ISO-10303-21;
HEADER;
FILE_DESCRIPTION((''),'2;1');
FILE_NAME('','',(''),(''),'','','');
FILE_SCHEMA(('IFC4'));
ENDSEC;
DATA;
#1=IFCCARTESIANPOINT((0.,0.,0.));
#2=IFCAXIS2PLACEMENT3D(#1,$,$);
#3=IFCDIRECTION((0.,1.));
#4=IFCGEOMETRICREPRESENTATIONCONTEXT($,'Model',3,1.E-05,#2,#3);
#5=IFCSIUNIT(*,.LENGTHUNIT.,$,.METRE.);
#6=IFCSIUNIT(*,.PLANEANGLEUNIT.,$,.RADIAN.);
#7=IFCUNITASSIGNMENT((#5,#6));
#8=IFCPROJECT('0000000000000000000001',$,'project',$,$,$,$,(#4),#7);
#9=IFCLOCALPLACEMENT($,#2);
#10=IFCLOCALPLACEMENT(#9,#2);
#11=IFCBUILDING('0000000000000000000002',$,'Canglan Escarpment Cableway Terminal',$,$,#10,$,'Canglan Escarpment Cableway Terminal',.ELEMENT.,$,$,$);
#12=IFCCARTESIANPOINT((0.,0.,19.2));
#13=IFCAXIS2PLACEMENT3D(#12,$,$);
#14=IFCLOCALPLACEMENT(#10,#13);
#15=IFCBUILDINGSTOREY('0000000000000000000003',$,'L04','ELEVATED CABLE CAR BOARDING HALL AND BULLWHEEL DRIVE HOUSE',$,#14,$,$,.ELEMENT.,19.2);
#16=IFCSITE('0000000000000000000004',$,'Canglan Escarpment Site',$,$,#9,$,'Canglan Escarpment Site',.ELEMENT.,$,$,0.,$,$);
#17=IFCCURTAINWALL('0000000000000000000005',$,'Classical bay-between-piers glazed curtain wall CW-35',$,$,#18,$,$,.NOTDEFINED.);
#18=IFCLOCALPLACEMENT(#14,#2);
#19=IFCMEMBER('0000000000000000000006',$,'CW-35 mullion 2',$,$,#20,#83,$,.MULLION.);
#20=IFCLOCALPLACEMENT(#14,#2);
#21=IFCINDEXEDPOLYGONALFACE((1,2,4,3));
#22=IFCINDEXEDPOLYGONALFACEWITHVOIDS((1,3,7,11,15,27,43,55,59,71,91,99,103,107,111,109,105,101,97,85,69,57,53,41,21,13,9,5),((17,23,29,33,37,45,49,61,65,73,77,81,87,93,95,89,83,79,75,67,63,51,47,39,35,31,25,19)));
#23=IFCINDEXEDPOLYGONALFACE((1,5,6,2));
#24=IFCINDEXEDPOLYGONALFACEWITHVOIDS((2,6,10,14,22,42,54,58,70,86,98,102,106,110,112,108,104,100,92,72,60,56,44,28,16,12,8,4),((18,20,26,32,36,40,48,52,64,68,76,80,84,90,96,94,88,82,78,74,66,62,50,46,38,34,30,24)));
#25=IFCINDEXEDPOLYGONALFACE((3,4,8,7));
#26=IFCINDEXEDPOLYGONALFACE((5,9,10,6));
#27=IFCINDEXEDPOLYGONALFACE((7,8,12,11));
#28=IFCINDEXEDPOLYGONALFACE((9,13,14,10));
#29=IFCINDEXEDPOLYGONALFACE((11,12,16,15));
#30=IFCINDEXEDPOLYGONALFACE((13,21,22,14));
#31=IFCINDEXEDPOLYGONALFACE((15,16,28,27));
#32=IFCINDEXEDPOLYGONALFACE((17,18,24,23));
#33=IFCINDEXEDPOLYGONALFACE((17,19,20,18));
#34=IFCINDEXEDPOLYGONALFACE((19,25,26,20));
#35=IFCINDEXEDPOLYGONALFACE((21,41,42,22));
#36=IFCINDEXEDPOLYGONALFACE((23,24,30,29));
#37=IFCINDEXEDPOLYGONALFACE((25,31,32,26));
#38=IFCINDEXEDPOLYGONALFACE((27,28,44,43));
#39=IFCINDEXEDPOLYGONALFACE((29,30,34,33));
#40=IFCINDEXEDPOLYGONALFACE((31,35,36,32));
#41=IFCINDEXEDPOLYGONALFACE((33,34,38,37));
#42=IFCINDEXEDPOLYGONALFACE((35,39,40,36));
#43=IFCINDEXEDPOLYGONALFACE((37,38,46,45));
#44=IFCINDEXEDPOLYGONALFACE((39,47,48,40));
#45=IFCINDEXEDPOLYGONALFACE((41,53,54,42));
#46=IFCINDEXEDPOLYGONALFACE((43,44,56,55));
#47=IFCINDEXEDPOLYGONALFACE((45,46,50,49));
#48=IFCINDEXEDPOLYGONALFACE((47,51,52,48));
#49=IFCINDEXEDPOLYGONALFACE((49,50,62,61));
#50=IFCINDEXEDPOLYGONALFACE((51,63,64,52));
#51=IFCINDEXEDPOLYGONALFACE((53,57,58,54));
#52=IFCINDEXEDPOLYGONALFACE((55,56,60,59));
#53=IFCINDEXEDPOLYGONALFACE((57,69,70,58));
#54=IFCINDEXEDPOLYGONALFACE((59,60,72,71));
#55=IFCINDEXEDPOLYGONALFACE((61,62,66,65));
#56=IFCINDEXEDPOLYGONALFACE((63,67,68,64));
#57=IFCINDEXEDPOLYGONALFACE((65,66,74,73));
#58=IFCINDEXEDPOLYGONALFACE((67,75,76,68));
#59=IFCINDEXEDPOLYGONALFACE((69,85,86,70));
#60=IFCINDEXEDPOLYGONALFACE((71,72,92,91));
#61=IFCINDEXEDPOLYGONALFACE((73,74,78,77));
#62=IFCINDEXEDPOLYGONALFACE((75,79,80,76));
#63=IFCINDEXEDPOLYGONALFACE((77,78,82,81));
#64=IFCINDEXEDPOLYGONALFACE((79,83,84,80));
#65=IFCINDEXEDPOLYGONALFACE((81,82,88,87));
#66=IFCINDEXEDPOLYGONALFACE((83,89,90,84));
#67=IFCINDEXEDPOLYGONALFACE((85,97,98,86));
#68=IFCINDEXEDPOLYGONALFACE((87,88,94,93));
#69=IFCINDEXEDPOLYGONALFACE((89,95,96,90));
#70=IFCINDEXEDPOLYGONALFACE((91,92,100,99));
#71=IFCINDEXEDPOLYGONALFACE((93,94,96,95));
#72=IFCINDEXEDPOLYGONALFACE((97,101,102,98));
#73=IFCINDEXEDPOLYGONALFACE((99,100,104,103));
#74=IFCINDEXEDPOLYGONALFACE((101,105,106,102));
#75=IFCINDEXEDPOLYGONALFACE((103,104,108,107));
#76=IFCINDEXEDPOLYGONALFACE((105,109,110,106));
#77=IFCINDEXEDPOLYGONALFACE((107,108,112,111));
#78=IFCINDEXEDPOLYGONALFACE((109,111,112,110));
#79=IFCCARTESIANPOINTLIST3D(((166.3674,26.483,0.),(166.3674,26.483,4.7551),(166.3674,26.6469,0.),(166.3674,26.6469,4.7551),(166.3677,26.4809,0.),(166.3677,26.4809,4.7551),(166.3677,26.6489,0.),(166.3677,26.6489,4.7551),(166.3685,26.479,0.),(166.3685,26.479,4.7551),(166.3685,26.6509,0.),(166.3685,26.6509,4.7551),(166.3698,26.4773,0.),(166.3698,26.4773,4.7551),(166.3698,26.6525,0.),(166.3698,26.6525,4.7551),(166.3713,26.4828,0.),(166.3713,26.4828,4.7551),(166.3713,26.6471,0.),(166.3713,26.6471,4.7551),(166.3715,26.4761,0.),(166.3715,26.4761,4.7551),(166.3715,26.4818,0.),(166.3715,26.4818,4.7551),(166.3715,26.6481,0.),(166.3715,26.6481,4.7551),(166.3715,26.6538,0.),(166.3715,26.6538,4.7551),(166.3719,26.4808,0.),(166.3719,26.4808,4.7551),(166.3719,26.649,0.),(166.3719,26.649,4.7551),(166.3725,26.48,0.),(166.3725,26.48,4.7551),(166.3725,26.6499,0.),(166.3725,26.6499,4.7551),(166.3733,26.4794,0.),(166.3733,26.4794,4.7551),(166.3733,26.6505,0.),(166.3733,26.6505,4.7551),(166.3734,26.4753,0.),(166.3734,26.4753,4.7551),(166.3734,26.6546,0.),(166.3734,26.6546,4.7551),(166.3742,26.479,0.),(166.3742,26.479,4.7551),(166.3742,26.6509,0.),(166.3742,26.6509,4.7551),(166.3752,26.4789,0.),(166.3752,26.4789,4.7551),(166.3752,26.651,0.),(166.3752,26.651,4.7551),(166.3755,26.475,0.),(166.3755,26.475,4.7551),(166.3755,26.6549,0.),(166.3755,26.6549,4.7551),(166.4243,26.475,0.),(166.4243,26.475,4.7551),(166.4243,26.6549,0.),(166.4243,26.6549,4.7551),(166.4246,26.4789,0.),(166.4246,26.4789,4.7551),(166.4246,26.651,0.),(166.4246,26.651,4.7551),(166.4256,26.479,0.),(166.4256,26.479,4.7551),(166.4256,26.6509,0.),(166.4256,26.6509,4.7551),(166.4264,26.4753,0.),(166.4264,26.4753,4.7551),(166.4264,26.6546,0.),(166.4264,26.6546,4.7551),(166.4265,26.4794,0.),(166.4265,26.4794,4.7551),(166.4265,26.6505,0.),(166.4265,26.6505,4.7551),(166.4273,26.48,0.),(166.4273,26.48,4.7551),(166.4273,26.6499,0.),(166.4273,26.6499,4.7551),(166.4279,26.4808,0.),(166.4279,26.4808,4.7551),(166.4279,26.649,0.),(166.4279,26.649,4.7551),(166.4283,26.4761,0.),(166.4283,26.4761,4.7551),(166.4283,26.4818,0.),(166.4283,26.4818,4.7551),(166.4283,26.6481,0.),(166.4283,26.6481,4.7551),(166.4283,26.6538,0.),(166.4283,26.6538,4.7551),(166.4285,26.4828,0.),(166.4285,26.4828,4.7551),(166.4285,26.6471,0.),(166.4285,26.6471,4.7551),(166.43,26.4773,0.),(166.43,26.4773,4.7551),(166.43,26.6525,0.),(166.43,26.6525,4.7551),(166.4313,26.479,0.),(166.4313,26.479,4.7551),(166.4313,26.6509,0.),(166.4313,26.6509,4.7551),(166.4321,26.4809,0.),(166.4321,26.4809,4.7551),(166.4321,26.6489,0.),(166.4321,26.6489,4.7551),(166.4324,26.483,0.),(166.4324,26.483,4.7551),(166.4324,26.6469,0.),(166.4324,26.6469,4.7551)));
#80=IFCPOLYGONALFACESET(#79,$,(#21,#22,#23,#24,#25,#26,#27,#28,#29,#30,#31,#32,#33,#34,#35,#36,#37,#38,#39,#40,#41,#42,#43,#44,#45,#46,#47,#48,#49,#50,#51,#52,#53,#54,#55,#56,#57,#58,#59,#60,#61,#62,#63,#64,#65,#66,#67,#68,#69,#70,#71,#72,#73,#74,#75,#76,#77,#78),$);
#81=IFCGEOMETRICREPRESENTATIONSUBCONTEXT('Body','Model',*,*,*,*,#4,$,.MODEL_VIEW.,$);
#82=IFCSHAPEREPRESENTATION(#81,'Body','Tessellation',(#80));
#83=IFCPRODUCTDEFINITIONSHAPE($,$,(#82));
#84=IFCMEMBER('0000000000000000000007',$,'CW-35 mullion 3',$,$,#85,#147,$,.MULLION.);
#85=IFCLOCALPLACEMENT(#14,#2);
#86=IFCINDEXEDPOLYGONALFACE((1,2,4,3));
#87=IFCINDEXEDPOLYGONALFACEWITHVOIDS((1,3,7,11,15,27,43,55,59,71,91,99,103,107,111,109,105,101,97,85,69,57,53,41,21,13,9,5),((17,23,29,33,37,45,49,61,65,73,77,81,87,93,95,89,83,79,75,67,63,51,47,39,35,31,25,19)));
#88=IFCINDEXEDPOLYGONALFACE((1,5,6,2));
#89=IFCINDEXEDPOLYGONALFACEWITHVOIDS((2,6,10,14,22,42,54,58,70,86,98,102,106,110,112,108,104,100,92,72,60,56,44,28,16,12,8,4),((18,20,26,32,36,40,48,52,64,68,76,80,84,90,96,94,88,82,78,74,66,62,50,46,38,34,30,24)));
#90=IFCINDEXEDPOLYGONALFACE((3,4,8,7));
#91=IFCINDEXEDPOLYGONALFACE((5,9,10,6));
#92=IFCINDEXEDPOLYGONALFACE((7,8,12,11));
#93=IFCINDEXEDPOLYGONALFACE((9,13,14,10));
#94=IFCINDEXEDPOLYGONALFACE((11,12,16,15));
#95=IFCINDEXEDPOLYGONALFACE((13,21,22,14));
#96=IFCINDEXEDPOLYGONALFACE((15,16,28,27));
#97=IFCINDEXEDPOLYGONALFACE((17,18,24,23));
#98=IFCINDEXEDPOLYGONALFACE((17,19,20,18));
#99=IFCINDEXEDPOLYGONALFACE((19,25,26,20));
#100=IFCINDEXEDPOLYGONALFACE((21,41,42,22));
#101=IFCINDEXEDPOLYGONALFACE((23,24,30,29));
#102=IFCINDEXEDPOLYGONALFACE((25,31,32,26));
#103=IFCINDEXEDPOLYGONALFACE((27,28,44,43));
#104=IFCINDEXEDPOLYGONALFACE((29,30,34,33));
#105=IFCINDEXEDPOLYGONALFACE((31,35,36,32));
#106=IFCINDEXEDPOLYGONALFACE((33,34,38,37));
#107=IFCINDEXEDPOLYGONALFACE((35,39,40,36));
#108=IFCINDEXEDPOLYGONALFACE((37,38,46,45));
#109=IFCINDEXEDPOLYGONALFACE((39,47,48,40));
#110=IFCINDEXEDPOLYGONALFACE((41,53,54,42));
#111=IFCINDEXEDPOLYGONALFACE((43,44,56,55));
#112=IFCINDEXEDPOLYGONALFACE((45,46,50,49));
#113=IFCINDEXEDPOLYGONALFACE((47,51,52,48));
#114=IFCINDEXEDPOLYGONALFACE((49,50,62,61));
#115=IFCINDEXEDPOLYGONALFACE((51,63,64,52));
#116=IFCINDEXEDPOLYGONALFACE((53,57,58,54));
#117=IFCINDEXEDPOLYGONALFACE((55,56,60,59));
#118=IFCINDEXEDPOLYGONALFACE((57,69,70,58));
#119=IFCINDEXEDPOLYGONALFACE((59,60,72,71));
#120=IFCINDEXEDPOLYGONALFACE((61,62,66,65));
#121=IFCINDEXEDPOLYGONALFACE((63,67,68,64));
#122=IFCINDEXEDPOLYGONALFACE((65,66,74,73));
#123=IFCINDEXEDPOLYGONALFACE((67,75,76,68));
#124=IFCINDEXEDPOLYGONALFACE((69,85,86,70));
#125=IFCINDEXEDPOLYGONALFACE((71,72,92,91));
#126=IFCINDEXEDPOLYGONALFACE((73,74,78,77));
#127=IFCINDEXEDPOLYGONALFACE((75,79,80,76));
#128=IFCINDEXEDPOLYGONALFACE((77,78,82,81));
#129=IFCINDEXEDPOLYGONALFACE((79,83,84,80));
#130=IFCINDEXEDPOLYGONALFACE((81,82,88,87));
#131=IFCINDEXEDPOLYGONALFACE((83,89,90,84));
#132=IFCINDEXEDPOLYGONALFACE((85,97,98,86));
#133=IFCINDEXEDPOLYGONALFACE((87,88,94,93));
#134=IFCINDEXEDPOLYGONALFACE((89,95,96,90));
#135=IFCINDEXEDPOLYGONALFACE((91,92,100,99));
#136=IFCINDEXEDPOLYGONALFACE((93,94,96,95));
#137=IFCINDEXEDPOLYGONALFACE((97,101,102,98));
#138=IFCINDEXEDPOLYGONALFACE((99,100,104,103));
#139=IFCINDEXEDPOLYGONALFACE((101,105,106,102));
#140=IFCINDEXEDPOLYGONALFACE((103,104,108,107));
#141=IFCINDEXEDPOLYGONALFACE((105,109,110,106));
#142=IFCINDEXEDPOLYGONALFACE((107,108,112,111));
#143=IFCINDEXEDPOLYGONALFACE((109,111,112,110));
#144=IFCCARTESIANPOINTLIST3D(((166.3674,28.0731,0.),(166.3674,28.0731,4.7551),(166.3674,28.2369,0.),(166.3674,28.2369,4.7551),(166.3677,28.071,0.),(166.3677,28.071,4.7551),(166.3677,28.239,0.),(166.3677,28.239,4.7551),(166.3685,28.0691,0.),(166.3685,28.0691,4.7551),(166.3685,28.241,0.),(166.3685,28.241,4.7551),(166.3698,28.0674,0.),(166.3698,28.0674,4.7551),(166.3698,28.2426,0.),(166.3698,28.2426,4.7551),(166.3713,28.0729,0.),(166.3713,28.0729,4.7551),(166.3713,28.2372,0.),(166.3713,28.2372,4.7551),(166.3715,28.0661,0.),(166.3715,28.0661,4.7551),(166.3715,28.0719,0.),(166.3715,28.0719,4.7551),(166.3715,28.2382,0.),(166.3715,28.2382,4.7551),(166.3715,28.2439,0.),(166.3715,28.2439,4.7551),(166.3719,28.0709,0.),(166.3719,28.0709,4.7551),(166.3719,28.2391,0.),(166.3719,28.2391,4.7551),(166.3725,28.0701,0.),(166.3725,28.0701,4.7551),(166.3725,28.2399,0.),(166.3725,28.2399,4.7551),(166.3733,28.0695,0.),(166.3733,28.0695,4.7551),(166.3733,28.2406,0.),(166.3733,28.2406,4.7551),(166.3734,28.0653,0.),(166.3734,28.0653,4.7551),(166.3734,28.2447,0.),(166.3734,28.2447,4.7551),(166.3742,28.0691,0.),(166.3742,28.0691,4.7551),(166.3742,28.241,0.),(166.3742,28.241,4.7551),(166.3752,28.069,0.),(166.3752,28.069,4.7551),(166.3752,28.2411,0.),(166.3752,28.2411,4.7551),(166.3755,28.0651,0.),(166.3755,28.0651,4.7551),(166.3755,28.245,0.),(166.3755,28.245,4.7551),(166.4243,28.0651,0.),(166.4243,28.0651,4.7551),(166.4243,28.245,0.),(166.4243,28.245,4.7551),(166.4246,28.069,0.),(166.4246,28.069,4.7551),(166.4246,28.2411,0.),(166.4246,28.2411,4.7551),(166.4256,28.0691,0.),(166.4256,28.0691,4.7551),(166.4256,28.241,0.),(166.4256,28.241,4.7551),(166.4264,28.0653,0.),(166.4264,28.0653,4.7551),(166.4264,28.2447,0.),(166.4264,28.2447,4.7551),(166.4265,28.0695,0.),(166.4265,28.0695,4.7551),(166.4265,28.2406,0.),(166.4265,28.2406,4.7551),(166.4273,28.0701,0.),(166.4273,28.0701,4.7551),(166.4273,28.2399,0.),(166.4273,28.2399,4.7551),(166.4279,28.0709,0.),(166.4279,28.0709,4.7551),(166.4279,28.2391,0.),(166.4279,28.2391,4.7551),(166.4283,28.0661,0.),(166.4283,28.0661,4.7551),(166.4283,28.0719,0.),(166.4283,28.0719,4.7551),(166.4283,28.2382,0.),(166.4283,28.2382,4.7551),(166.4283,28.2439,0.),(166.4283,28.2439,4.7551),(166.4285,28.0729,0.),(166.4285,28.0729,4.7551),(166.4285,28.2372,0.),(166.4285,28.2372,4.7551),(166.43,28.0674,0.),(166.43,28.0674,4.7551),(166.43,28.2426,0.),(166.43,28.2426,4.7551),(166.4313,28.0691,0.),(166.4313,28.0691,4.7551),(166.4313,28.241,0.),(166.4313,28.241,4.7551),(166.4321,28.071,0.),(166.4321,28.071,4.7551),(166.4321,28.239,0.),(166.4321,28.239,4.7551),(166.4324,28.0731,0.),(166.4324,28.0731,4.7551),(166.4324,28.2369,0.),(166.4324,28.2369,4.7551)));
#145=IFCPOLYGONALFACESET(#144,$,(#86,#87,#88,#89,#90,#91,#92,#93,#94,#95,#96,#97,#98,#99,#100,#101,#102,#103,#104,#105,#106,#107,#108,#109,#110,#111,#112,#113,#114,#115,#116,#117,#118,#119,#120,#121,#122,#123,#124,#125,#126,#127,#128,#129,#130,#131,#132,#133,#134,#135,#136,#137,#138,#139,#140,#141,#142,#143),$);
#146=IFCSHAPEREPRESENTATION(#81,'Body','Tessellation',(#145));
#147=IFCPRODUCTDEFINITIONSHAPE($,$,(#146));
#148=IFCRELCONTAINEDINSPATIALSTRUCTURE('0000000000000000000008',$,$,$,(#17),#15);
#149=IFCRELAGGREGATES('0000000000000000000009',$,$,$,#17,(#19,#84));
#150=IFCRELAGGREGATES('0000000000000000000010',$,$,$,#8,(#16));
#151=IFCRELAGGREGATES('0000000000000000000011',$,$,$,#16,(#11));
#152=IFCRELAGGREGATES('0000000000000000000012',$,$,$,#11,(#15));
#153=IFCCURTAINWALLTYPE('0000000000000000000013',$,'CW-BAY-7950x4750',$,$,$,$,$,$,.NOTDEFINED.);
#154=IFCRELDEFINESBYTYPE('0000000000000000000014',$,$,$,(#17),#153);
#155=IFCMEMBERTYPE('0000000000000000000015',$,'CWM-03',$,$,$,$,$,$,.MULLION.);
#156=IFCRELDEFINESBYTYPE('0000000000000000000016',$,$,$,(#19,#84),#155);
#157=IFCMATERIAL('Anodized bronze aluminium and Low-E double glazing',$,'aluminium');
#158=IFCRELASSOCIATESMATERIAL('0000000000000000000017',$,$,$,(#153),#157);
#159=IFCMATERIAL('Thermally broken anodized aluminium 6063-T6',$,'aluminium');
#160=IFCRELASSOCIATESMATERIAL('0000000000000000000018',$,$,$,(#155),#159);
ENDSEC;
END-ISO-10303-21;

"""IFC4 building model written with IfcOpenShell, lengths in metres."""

from ifc_helpers import new_model, si_unit, direction, frame, origin, origin_2d, place, context, subcontext, project, spatial, hollow_rectangle, extrude, material, material_profile, profile_set, type_object, element, aggregate, save


model = new_model("IFC4")

# Units and contexts
model_context = context("Model", 3, precision=1e-05, world=origin(), true_north=direction((0.0, 1.0)))
body_context = subcontext(model_context, "Body", "Model", "MODEL_VIEW")
ifc_project = project(units=[si_unit("LENGTHUNIT", "METRE"), si_unit("PLANEANGLEUNIT", "RADIAN")], contexts=[model_context])

# Site, building, storey
site_placement = place(None, origin())
site = spatial("IfcSite", under=ifc_project, at=site_placement, Name="Canglan Escarpment Site", LongName="Canglan Escarpment Site", CompositionType="ELEMENT", RefElevation=0.0)
building_placement = place(site_placement, origin())
building = spatial("IfcBuilding", under=site, at=building_placement, Name="Canglan Escarpment Cableway Terminal", LongName="Canglan Escarpment Cableway Terminal", CompositionType="ELEMENT")
storey_placement = place(building_placement, frame((0.0, 0.0, 19.2)))
storey = spatial("IfcBuildingStorey", under=building, at=storey_placement, Name="L04", Description="ELEVATED CABLE CAR BOARDING HALL AND BULLWHEEL DRIVE HOUSE", CompositionType="ELEMENT", Elevation=19.2)

# Curtain wall, members
ifc_material_1 = material(Name="Anodized bronze aluminium and Low-E double glazing", Category="aluminium")
curtain_wall_type = type_object("IfcCurtainWallType", Name="CW-BAY-7950x4750", PredefinedType="NOTDEFINED", material=ifc_material_1)
curtain_wall_placement = place(storey_placement, origin())
curtain_wall = element("IfcCurtainWall", 1, at=curtain_wall_placement, inside=storey, type_object=curtain_wall_type, Name="Classical bay-between-piers glazed curtain wall CW-35", PredefinedType="NOTDEFINED")
ifc_material_2 = material(Name="Thermally broken anodized aluminium 6063-T6", Category="aluminium")
ifc_material_profile_1 = material_profile(ifc_material_2, hollow_rectangle(XDim=0.0649, YDim=0.1799, WallThickness=0.0039, InnerFilletRadius=0.0039, OuterFilletRadius=0.0081, at=origin_2d()), Name="ALU-MULL 65x180x4")
ifc_profile_set_1 = profile_set([ifc_material_profile_1], Name="Thermally broken anodized aluminium 6063-T6")
member_type_1 = type_object("IfcMemberType", Name="CWM-03", PredefinedType="MULLION", material=ifc_profile_set_1)
member_1_placement = place(storey_placement, frame((166.3999, 26.5649, 0.0), z_axis=(0.0, 0.0, 1.0), x_axis=(-1.0, 0.0, 0.0)))
member_1 = element("IfcMember", 2, at=member_1_placement, type_object=member_type_1, Name="CW-35 mullion 2", PredefinedType="MULLION", context=body_context, shape_type="SweptSolid", body=[
    extrude(hollow_rectangle(XDim=0.0649, YDim=0.1799, WallThickness=0.0039, InnerFilletRadius=0.0039, OuterFilletRadius=0.0081, at=origin_2d()), origin(), (0.0, 0.0, 1.0), 4.7551),
])
member_2_placement = place(storey_placement, frame((166.3999, 28.155, 0.0), z_axis=(0.0, 0.0, 1.0), x_axis=(-1.0, 0.0, 0.0)))
member_2 = element("IfcMember", 3, at=member_2_placement, type_object=member_type_1, Name="CW-35 mullion 3", PredefinedType="MULLION", context=body_context, shape_type="SweptSolid", body=[
    extrude(hollow_rectangle(XDim=0.0649, YDim=0.1799, WallThickness=0.0039, InnerFilletRadius=0.0039, OuterFilletRadius=0.0081, at=origin_2d()), origin(), (0.0, 0.0, 1.0), 4.7551),
])
aggregate(curtain_wall, [member_1, member_2])

save(model, "model.ifc")
